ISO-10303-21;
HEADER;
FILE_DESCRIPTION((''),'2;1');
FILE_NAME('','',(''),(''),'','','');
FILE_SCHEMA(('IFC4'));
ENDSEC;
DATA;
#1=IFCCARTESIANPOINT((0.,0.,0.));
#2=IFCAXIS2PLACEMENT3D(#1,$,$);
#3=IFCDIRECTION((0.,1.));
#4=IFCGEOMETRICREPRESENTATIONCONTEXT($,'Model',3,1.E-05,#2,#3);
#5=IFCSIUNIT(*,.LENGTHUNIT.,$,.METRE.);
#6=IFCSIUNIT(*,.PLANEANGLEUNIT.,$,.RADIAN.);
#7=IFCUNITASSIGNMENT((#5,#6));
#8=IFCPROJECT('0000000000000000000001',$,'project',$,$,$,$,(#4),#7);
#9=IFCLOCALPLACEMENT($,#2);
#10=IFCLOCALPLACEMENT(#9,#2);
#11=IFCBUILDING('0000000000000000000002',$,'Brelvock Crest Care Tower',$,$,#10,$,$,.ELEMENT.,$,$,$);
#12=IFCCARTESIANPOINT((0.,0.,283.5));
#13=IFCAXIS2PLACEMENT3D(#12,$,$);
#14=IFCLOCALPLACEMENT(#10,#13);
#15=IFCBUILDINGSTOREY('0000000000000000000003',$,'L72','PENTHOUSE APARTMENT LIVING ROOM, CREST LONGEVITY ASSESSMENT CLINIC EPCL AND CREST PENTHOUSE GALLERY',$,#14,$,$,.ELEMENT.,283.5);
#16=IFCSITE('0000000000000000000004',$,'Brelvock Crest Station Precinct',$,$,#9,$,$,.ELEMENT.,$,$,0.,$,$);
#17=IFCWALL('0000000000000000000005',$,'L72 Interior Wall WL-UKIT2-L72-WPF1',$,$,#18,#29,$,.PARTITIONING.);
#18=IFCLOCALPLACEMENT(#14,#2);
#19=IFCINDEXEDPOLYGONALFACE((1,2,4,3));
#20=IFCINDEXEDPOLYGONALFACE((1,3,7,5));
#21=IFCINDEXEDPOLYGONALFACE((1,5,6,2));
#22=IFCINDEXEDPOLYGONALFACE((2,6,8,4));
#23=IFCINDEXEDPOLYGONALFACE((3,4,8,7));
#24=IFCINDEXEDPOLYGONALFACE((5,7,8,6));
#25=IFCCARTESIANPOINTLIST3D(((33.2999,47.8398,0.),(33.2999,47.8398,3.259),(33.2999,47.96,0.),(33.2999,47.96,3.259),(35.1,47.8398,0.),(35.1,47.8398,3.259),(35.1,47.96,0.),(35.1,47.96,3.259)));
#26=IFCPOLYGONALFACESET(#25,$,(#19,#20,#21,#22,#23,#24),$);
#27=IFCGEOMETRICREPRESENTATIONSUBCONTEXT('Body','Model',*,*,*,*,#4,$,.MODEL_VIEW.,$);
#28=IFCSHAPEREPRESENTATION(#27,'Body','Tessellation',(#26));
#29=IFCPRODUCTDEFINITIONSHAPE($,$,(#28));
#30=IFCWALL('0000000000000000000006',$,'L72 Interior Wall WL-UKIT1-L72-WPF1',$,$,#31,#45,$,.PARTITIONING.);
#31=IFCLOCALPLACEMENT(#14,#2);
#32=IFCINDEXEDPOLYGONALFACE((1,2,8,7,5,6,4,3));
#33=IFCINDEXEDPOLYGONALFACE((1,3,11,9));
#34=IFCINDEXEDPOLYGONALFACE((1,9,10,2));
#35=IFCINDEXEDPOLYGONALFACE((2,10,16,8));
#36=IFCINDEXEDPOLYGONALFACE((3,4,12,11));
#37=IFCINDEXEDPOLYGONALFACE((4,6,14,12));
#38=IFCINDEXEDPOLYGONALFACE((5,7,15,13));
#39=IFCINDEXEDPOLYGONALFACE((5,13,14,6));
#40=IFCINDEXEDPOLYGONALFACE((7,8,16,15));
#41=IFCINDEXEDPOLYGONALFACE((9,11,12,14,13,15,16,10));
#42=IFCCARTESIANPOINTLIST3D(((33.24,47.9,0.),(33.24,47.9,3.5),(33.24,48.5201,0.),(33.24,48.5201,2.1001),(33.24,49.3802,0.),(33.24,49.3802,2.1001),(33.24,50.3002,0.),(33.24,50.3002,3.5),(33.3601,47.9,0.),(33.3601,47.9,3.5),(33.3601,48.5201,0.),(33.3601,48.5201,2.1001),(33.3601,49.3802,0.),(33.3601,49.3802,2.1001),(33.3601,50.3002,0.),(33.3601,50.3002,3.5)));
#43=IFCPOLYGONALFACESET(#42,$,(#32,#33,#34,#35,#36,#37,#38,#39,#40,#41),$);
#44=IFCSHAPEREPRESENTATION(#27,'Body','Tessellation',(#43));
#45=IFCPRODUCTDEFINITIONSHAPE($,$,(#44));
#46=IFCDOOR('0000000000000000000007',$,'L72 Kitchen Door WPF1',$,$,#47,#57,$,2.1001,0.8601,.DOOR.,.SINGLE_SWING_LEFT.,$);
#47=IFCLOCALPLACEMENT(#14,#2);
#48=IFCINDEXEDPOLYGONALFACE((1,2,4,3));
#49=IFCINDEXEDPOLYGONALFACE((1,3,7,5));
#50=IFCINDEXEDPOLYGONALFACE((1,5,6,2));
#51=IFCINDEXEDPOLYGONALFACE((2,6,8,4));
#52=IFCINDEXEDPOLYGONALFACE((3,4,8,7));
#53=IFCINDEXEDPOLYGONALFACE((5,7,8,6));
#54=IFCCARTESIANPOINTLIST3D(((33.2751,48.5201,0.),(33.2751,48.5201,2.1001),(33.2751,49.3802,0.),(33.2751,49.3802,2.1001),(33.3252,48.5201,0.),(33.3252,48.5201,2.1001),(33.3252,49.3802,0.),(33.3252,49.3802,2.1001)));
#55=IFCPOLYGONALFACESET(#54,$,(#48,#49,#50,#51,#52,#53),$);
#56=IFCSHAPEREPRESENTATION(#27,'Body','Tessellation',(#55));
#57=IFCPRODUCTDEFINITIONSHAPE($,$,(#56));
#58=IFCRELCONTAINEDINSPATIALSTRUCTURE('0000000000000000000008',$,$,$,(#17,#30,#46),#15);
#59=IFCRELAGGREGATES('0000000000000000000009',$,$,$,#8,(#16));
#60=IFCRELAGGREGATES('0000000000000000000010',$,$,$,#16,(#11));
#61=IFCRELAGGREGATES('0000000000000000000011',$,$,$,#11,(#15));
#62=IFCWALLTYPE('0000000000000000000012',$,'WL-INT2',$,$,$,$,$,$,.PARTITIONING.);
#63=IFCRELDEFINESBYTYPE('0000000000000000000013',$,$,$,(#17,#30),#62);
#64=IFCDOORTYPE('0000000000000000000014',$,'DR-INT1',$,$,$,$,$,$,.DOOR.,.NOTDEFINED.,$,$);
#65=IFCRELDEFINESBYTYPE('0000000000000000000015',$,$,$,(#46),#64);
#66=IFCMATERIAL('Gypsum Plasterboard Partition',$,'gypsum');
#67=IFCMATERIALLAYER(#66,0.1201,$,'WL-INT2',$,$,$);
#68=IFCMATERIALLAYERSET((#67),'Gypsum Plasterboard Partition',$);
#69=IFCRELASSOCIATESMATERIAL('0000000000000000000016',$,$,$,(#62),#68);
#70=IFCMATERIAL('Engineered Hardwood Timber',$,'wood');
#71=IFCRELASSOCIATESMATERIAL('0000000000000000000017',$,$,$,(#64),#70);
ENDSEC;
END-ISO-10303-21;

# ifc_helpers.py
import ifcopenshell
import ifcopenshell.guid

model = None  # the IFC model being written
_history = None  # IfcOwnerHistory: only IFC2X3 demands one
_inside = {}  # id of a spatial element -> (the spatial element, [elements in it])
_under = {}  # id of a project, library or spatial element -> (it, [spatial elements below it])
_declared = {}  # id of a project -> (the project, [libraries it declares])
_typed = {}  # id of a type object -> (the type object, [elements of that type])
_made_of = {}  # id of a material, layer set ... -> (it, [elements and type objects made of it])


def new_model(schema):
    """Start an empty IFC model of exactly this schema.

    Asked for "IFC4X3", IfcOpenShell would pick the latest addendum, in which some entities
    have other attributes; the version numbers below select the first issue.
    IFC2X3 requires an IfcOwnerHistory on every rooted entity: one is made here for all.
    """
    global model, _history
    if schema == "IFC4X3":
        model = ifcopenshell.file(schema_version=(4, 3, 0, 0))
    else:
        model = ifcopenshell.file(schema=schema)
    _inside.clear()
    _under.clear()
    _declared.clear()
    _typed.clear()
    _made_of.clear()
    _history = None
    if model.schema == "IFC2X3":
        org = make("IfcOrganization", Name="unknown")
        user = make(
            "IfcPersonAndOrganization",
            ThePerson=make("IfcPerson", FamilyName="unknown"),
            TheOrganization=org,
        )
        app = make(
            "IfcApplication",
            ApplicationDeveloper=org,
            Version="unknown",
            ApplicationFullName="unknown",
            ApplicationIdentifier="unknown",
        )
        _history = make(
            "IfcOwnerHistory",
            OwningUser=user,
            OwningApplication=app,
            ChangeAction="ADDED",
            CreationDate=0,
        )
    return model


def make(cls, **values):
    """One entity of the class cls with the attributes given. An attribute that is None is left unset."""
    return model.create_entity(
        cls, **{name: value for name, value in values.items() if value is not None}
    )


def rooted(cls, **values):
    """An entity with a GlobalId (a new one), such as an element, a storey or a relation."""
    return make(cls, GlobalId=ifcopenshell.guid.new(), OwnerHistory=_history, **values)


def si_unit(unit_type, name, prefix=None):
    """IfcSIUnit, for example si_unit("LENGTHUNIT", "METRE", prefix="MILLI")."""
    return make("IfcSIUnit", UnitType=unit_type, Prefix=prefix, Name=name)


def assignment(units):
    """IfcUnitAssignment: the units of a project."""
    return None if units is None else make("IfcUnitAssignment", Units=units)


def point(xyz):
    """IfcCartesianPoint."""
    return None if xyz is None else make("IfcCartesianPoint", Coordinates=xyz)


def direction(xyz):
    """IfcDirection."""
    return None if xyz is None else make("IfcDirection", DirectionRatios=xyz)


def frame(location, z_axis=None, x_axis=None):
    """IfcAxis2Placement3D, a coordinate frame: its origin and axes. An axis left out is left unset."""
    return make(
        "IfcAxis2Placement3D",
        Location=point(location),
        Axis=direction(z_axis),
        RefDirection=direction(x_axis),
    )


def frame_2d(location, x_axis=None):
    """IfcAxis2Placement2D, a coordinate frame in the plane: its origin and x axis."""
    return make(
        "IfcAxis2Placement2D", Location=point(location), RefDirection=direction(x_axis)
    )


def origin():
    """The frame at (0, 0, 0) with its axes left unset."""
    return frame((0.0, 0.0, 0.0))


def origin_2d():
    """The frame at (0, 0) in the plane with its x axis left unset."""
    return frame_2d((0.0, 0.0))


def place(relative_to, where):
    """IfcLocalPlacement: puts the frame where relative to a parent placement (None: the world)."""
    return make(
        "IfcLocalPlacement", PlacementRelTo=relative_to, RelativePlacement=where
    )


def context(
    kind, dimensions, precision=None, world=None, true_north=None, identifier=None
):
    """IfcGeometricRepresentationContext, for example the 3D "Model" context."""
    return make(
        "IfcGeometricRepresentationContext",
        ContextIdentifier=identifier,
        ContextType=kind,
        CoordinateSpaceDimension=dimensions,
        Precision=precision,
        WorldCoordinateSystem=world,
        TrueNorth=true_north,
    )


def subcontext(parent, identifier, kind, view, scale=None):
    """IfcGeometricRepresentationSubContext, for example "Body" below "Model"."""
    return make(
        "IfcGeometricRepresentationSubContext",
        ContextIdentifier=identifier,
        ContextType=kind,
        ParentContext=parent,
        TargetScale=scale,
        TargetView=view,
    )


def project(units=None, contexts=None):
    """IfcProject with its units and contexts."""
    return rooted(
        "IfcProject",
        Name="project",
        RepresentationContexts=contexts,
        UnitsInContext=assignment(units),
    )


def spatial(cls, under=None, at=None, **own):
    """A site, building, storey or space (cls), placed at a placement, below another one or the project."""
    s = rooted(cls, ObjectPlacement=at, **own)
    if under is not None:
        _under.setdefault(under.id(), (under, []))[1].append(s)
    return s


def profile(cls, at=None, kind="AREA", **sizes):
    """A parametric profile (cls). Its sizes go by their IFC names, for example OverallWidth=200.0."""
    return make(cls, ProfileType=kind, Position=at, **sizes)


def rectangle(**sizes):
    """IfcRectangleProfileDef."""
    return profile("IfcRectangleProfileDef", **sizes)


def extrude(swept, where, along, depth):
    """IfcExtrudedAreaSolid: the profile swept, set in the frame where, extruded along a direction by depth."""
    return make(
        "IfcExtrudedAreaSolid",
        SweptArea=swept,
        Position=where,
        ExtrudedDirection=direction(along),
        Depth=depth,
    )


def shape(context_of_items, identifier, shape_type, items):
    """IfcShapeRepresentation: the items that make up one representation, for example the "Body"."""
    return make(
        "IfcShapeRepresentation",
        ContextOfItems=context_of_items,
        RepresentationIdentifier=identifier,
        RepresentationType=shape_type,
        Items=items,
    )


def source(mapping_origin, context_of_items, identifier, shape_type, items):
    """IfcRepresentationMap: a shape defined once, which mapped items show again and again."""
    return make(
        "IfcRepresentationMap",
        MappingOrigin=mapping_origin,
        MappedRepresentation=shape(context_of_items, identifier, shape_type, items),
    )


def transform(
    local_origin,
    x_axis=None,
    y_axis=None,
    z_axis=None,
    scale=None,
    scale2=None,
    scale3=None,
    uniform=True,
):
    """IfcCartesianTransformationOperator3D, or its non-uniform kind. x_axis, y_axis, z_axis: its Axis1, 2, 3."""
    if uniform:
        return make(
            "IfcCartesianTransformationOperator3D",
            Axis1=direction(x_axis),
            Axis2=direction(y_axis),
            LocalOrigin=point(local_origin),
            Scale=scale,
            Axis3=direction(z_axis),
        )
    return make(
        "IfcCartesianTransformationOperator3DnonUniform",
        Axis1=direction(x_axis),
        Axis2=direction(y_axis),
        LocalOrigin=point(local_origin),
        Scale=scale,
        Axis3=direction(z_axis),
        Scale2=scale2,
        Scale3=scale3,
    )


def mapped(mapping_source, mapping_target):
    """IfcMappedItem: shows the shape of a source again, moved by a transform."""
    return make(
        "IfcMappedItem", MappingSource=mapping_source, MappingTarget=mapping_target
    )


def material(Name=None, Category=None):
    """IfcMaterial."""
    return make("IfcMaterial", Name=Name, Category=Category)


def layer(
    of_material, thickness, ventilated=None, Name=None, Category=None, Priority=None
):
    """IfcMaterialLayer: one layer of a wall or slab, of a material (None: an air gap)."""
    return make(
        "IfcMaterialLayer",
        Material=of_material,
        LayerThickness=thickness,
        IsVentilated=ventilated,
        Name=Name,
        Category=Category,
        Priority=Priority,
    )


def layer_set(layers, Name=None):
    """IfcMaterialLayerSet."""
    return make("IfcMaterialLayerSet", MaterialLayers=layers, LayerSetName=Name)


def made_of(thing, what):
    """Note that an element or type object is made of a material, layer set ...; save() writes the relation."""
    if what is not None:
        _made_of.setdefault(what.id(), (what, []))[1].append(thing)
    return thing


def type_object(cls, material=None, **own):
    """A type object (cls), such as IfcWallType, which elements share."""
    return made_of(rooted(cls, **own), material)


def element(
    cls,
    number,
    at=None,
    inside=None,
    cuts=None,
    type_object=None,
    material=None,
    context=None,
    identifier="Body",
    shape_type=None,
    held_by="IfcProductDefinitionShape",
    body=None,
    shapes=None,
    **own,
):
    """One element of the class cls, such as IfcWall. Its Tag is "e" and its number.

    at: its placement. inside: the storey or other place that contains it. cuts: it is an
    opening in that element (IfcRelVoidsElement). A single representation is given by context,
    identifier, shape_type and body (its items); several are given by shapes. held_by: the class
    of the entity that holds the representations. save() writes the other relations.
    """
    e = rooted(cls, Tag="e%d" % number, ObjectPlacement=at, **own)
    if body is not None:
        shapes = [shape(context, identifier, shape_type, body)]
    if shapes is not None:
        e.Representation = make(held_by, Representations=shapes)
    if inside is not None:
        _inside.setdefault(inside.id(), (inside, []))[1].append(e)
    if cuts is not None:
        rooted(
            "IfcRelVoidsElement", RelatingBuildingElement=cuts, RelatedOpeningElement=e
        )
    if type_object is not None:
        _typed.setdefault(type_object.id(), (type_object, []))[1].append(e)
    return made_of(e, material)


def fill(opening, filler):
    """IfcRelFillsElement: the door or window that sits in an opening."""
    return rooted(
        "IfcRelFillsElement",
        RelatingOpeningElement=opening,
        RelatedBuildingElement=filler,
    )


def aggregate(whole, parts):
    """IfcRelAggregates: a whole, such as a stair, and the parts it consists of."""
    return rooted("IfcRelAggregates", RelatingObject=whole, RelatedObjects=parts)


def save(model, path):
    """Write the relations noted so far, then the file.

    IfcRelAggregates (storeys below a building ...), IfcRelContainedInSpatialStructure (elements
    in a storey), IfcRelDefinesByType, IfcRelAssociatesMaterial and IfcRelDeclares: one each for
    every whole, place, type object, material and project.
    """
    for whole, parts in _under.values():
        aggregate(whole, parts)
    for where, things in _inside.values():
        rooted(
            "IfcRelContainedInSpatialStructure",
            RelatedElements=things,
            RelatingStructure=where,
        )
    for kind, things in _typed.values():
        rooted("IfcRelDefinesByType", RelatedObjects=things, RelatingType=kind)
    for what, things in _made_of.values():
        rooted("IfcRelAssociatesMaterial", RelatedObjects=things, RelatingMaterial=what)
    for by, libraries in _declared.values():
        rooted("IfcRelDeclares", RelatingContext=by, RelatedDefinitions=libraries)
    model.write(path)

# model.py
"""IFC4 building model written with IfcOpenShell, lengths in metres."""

from ifc_helpers import new_model, si_unit, direction, frame, frame_2d, origin, origin_2d, place, context, subcontext, project, spatial, rectangle, extrude, source, transform, mapped, material, layer, layer_set, type_object, element, fill, save


model = new_model("IFC4")

# Units and contexts
model_context = context("Model", 3, precision=1e-05, world=origin(), true_north=direction((0.0, 1.0)))
body_context = subcontext(model_context, "Body", "Model", "MODEL_VIEW")
ifc_project = project(units=[si_unit("LENGTHUNIT", "METRE"), si_unit("PLANEANGLEUNIT", "RADIAN")], contexts=[model_context])

# Site, building, storey
site_placement = place(None, origin())
site = spatial("IfcSite", under=ifc_project, at=site_placement, Name="Brelvock Crest Station Precinct", CompositionType="ELEMENT", RefElevation=0.0)
building_placement = place(site_placement, origin())
building = spatial("IfcBuilding", under=site, at=building_placement, Name="Brelvock Crest Care Tower", CompositionType="ELEMENT")
storey_placement = place(building_placement, frame((0.0, 0.0, 283.5)))
storey = spatial("IfcBuildingStorey", under=building, at=storey_placement, Name="L72", Description="PENTHOUSE APARTMENT LIVING ROOM, CREST LONGEVITY ASSESSMENT CLINIC EPCL AND CREST PENTHOUSE GALLERY", CompositionType="ELEMENT", Elevation=283.5)

# Shared definitions
ifc_material_1 = material(Name="Engineered Hardwood Timber", Category="wood")

# Wall
ifc_material_2 = material(Name="Gypsum Plasterboard Partition", Category="gypsum")
ifc_layer_1 = layer(ifc_material_2, 0.1201, Name="WL-INT2")
ifc_layer_set_1 = layer_set([ifc_layer_1], Name="Gypsum Plasterboard Partition")
wall_type_1 = type_object("IfcWallType", Name="WL-INT2", PredefinedType="PARTITIONING", material=ifc_layer_set_1)
wall_1_placement = place(storey_placement, frame((33.3, 47.8999, 0.0), z_axis=(0.0, 0.0, 1.0), x_axis=(1.0, 0.0, 0.0)))
element("IfcWall", 1, at=wall_1_placement, inside=storey, type_object=wall_type_1, Name="L72 Interior Wall WL-UKIT2-L72-WPF1", PredefinedType="PARTITIONING", context=body_context, shape_type="SweptSolid", body=[
    extrude(rectangle(XDim=1.8, YDim=0.1201, at=frame_2d((0.8999, 0.0))), origin(), (0.0, 0.0, 1.0), 3.259),
])

# Wall, opening, door
wall_2_placement = place(storey_placement, frame((33.3, 47.8999, 0.0), z_axis=(0.0, 0.0, 1.0), x_axis=(0.0, 1.0, 0.0)))
wall_2 = element("IfcWall", 2, at=wall_2_placement, inside=storey, type_object=wall_type_1, Name="L72 Interior Wall WL-UKIT1-L72-WPF1", PredefinedType="PARTITIONING", context=body_context, shape_type="SweptSolid", body=[
    extrude(rectangle(XDim=2.4001, YDim=0.1201, at=frame_2d((1.2002, 0.0))), origin(), (0.0, 0.0, 1.0), 3.5),
])
opening_1_placement = place(wall_2_placement, frame((0.6201, 0.0, 0.0)))
opening_1 = element("IfcOpeningElement", 3, at=opening_1_placement, cuts=wall_2, PredefinedType="OPENING", context=body_context, shape_type="SweptSolid", body=[
    extrude(rectangle(XDim=0.8601, YDim=2.1001, at=origin_2d()), frame((0.4302, 0.0701, 1.05), z_axis=(0.0, -1.0, 0.0), x_axis=(1.0, 0.0, 0.0)), (0.0, 0.0, 1.0), 0.1401),
])
door_type_1 = type_object("IfcDoorType", Name="DR-INT1", OperationType="NOTDEFINED", PredefinedType="DOOR", material=ifc_material_1)
shared_shape_1 = source(origin(), body_context, "Body", "SweptSolid", [
    extrude(rectangle(XDim=0.8601, YDim=2.1001, at=origin_2d()), frame((0.4302, 0.0249, 1.05), z_axis=(0.0, -1.0, 0.0), x_axis=(1.0, 0.0, 0.0)), (0.0, 0.0, 1.0), 0.05),
])
door_1_placement = place(opening_1_placement, origin())
door_1 = element("IfcDoor", 4, at=door_1_placement, inside=storey, type_object=door_type_1, Name="L72 Kitchen Door WPF1", OperationType="SINGLE_SWING_LEFT", OverallHeight=2.1001, OverallWidth=0.8601, PredefinedType="DOOR", context=body_context, shape_type="MappedRepresentation", body=[
    mapped(shared_shape_1, transform((0.0, 0.0, 0.0), x_axis=(1.0, 0.0, 0.0), y_axis=(0.0, 1.0, 0.0), z_axis=(0.0, 0.0, 1.0), scale=1.0)),
])
fill(opening_1, door_1)

save(model, "model.ifc")
